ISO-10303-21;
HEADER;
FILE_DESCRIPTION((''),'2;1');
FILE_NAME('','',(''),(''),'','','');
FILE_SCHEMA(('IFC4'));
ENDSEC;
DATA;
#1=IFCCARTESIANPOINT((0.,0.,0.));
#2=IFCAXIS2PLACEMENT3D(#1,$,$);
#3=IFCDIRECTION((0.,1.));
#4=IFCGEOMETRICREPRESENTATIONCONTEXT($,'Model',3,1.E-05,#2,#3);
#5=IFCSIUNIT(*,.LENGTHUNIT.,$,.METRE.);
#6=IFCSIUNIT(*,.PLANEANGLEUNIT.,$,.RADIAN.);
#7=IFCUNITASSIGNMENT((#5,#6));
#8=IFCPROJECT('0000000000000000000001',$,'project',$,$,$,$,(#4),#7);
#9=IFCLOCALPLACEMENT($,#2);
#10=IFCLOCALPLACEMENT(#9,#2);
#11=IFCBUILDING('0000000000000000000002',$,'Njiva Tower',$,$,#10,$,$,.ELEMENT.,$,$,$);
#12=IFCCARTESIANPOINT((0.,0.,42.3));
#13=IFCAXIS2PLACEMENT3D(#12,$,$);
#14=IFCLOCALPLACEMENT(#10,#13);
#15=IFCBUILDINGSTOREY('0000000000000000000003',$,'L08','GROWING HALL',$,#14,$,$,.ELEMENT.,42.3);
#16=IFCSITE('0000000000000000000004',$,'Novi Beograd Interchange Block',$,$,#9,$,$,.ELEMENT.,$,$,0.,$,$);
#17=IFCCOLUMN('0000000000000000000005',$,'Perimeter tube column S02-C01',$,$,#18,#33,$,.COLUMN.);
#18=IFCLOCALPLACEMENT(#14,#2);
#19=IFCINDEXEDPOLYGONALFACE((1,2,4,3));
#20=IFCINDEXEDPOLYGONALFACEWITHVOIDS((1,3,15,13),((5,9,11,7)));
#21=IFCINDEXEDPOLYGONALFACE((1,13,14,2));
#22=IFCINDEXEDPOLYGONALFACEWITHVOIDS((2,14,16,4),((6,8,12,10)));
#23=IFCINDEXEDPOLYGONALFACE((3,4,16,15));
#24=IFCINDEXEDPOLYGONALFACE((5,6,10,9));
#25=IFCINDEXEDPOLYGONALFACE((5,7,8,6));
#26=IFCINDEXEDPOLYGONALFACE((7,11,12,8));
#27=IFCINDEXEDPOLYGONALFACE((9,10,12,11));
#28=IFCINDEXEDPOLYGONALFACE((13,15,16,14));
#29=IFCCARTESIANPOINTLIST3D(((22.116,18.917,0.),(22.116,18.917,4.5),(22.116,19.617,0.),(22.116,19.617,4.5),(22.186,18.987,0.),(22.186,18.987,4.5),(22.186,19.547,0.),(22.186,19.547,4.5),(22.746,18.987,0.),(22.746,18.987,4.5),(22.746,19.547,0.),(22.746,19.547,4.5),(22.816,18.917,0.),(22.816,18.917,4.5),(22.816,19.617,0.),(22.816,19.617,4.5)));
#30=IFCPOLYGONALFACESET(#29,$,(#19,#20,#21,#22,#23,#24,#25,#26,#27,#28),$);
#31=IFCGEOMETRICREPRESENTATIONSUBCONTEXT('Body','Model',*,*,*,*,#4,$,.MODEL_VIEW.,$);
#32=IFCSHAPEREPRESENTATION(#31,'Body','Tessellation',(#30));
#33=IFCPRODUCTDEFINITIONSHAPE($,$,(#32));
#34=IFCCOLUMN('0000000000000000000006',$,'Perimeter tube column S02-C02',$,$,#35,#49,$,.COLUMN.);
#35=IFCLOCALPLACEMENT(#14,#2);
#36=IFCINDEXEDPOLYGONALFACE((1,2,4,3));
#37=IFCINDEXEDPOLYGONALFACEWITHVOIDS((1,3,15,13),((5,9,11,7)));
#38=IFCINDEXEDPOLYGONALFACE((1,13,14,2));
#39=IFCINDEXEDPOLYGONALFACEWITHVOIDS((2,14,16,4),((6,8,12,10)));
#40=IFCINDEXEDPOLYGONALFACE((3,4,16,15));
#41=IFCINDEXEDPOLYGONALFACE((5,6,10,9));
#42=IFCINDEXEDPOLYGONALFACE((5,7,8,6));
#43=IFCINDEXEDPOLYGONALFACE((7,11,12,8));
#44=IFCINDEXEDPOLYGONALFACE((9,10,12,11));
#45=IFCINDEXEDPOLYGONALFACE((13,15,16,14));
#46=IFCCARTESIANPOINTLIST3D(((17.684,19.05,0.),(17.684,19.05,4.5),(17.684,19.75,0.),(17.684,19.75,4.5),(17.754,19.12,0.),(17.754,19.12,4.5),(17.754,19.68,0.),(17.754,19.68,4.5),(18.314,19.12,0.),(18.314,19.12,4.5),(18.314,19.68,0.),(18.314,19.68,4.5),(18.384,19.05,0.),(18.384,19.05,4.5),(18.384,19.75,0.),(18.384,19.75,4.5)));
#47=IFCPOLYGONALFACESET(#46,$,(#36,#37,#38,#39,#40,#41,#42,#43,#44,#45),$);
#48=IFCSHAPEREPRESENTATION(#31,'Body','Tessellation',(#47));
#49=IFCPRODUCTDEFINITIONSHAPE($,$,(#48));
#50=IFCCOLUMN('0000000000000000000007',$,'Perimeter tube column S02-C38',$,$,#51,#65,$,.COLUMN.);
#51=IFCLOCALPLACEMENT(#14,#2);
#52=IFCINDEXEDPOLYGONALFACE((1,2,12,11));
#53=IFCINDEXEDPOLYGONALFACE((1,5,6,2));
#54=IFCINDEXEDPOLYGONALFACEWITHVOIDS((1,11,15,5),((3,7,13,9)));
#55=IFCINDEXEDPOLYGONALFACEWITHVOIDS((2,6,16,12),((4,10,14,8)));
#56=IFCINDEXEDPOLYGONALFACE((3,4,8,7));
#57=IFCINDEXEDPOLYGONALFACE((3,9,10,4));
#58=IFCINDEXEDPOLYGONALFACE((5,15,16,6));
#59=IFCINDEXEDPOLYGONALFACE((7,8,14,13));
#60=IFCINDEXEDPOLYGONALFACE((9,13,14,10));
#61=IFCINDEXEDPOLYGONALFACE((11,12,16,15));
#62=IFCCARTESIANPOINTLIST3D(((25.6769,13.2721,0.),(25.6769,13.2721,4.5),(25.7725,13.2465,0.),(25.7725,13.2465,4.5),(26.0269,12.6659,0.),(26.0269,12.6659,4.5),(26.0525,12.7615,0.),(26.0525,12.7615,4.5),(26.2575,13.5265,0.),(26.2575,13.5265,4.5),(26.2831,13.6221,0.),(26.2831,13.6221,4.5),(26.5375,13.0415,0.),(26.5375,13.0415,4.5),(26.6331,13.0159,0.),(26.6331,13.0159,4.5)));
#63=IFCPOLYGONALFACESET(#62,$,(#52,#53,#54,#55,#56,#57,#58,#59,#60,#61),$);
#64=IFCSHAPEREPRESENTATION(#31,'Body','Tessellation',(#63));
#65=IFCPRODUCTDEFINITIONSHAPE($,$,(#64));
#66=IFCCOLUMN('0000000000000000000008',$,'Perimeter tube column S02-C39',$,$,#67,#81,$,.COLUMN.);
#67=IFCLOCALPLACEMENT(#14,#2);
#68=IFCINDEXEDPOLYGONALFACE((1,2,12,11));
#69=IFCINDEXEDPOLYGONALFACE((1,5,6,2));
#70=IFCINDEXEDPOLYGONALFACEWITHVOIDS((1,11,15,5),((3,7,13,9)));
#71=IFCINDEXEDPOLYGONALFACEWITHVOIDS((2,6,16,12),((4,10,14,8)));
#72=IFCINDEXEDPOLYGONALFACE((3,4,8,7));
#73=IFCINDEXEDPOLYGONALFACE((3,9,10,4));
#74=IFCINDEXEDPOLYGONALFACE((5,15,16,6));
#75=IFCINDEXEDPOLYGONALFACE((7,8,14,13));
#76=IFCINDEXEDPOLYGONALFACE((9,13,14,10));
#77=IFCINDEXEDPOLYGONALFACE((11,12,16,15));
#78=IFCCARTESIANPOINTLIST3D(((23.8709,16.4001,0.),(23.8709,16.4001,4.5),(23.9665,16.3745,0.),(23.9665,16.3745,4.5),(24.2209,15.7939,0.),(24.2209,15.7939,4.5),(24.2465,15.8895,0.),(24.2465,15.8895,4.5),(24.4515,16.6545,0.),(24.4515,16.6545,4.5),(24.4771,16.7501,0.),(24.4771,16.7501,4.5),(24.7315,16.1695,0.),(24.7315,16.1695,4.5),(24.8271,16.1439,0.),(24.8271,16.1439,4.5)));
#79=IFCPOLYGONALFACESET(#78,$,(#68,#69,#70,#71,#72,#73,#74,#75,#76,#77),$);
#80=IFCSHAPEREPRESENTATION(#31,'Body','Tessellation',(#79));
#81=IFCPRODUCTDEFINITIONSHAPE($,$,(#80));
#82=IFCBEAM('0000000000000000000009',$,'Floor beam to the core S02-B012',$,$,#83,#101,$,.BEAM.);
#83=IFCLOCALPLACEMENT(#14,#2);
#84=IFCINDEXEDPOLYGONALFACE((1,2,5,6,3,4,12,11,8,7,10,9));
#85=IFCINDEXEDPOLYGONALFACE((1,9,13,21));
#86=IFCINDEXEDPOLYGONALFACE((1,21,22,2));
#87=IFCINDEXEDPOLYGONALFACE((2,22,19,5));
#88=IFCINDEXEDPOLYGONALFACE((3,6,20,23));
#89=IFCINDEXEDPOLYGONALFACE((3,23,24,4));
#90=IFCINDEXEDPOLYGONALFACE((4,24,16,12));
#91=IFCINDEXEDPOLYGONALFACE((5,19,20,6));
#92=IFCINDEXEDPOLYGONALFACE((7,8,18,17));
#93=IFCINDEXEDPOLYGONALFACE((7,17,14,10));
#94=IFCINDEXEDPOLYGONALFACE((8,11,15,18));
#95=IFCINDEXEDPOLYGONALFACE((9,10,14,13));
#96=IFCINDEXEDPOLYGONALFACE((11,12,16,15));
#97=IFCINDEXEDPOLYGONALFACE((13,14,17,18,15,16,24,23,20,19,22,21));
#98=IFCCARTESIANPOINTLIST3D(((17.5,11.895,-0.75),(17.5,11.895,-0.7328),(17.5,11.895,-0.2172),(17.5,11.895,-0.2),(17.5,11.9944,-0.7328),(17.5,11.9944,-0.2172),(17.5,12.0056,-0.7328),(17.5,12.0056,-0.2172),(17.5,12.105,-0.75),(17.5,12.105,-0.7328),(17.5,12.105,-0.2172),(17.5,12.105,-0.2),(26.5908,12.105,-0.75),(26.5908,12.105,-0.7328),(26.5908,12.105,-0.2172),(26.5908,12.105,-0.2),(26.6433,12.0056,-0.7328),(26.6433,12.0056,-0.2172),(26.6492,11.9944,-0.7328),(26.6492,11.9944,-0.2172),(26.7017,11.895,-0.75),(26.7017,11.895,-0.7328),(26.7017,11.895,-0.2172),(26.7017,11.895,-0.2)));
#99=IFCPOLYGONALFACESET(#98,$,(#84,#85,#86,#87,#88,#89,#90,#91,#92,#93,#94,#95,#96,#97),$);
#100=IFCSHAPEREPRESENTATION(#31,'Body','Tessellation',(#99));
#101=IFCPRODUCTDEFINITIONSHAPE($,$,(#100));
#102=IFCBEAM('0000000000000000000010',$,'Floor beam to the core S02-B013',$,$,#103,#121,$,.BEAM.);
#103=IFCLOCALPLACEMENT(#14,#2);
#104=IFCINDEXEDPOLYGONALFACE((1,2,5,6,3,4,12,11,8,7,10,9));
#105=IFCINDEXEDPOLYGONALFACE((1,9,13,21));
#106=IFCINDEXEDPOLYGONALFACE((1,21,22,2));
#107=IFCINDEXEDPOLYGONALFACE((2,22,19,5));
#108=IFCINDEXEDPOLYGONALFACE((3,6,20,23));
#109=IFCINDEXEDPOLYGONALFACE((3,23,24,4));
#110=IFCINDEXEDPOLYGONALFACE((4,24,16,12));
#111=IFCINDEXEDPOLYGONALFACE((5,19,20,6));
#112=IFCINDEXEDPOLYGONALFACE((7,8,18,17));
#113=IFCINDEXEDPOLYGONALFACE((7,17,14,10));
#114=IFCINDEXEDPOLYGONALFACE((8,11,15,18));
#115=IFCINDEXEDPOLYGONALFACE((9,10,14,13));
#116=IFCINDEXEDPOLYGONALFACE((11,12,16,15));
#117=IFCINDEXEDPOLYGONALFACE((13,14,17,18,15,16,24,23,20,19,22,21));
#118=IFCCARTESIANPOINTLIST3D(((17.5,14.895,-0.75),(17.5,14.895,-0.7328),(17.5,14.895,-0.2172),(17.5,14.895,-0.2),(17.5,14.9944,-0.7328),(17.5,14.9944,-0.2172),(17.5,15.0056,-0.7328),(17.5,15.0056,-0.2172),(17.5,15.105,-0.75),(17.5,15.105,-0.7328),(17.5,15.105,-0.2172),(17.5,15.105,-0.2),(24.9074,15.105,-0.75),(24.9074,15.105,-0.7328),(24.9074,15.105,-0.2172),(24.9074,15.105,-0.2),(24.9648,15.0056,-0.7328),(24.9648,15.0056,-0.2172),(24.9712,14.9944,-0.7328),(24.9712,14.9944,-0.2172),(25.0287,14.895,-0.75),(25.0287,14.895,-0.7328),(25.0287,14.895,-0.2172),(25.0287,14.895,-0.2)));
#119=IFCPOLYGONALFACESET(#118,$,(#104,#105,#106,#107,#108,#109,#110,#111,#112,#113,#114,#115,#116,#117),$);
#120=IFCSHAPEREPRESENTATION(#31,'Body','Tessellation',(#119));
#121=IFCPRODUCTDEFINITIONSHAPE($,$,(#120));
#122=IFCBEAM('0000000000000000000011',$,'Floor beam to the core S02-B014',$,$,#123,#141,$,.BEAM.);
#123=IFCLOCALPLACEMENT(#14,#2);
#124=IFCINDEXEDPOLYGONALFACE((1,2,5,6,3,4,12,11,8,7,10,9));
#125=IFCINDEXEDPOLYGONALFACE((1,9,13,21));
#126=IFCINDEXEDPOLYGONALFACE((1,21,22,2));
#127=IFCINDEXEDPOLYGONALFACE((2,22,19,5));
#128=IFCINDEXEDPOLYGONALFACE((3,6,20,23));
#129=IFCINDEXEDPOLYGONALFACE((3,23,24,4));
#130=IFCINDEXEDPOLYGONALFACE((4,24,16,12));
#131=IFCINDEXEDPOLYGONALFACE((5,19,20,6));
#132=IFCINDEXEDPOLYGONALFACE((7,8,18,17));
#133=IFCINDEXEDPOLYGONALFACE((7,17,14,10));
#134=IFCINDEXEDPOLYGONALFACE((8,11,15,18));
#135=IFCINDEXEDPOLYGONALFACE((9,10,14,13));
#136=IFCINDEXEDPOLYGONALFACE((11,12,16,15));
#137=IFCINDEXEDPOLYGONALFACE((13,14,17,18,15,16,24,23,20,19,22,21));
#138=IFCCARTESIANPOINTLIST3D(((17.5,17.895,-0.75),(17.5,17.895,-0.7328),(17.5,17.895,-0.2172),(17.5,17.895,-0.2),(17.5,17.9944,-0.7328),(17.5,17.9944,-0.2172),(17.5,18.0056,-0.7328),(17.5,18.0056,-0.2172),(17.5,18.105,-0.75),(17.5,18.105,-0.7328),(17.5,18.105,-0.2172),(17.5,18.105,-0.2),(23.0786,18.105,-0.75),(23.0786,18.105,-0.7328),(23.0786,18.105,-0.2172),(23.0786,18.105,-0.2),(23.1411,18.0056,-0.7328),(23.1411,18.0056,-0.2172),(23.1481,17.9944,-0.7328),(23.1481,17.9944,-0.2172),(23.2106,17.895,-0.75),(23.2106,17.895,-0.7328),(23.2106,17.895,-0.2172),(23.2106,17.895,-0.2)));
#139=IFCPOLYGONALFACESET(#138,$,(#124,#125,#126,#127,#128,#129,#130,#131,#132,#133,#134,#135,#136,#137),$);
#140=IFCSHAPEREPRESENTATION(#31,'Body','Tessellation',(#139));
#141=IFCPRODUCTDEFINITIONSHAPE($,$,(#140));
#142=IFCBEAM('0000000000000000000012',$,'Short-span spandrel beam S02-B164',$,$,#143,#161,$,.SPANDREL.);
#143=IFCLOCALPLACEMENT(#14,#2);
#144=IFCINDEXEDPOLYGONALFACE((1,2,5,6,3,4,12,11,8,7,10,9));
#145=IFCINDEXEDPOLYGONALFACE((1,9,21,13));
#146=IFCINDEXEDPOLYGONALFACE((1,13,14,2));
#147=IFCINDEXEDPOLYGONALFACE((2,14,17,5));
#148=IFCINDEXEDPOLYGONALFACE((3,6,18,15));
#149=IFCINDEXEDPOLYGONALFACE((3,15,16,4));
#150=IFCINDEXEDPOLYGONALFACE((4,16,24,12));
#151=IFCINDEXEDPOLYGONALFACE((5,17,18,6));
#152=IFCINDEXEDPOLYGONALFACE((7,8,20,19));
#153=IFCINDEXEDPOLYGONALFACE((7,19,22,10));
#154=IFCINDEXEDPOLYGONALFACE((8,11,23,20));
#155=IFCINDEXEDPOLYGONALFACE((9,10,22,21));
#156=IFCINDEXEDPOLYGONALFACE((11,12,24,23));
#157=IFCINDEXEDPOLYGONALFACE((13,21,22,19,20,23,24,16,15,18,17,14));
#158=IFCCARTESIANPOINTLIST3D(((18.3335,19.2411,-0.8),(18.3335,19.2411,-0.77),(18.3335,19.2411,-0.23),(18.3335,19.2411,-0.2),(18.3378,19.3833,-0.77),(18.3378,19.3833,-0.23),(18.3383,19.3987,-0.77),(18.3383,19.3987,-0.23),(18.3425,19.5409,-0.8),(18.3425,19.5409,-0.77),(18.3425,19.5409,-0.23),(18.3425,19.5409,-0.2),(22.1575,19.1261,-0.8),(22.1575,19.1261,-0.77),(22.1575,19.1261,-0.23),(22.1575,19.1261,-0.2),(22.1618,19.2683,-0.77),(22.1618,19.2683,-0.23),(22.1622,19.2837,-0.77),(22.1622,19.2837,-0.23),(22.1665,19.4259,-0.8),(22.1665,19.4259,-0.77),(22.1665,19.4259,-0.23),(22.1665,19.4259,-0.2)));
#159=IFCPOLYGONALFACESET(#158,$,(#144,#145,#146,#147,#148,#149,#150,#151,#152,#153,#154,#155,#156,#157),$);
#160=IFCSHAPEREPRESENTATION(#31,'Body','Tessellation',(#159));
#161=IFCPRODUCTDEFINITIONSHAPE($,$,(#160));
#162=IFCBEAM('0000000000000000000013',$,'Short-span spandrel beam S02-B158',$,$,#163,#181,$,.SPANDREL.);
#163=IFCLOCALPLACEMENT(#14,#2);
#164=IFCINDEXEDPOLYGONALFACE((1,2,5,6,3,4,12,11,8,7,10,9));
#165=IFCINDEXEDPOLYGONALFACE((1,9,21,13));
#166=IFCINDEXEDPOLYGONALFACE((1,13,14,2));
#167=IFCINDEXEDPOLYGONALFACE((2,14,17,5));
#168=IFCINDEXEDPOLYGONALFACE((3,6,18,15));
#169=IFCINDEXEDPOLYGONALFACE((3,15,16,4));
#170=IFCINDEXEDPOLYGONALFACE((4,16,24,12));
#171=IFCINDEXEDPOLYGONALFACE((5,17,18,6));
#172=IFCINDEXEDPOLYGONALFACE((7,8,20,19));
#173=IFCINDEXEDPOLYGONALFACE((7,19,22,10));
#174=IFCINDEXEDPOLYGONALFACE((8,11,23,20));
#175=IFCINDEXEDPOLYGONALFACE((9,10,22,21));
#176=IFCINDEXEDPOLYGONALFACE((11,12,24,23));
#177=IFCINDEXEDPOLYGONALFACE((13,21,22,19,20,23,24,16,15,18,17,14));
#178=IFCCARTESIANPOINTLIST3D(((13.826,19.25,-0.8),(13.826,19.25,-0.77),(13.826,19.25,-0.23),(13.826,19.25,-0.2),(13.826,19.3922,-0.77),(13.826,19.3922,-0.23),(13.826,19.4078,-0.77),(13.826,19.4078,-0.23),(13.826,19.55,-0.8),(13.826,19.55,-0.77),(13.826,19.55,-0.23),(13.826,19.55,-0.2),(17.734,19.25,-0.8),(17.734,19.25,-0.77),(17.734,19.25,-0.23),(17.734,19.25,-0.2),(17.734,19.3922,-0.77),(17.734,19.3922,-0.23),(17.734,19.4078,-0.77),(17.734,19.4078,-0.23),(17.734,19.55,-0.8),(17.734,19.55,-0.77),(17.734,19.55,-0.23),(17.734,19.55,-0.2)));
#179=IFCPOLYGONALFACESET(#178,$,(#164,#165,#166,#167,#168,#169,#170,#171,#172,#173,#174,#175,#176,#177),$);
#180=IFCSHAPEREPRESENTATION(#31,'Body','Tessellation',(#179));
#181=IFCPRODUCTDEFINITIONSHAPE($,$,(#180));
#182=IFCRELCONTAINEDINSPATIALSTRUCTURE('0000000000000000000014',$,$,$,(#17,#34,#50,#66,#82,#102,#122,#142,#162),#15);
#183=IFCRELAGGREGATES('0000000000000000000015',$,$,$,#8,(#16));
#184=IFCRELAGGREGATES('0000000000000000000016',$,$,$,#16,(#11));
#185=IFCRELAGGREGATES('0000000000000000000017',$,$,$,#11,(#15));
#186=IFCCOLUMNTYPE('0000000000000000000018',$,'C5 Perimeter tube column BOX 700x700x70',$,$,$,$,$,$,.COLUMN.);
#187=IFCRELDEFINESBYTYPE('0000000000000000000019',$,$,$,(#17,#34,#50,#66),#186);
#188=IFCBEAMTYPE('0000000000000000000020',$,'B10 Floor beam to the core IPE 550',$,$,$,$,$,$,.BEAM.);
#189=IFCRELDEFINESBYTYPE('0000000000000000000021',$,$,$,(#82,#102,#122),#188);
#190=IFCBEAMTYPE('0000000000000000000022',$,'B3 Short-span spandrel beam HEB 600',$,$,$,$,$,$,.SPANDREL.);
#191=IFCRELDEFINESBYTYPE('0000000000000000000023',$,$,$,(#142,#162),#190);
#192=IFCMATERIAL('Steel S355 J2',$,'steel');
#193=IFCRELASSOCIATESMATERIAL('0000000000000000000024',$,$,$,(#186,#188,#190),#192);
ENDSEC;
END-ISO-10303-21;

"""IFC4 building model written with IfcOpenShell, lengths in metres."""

from ifc_helpers import new_model, si_unit, direction, frame, origin, origin_2d, place, context, subcontext, project, spatial, hollow_rectangle, i_section, extrude, clip, halfspace, material, material_profile, profile_set, type_object, element, save


model = new_model("IFC4")

# Units and contexts
model_context = context("Model", 3, precision=1e-05, world=origin(), true_north=direction((0.0, 1.0)))
body_context = subcontext(model_context, "Body", "Model", "MODEL_VIEW")
ifc_project = project(units=[si_unit("LENGTHUNIT", "METRE"), si_unit("PLANEANGLEUNIT", "RADIAN")], contexts=[model_context])

# Site, building, storey
site_placement = place(None, origin())
site = spatial("IfcSite", under=ifc_project, at=site_placement, Name="Novi Beograd Interchange Block", CompositionType="ELEMENT", RefElevation=0.0)
building_placement = place(site_placement, origin())
building = spatial("IfcBuilding", under=site, at=building_placement, Name="Njiva Tower", CompositionType="ELEMENT")
storey_placement = place(building_placement, frame((0.0, 0.0, 42.3)))
storey = spatial("IfcBuildingStorey", under=building, at=storey_placement, Name="L08", Description="GROWING HALL", CompositionType="ELEMENT", Elevation=42.3)

# Columns
ifc_material_1 = material(Name="Steel S355 J2", Category="steel")
ifc_material_profile_1 = material_profile(ifc_material_1, hollow_rectangle(XDim=0.7, YDim=0.7, WallThickness=0.07, at=origin_2d()), Name="BOX 700x700x70")
ifc_profile_set_1 = profile_set([ifc_material_profile_1], Name="Steel S355 J2")
column_type = type_object("IfcColumnType", Name="C5 Perimeter tube column BOX 700x700x70", PredefinedType="COLUMN", material=ifc_profile_set_1)
for number, where, z_axis, x_axis, name in (
    (1, (22.466, 19.267, 0.0), (0.0, 0.0, 1.0), (-1.0, 0.0, 0.0), "Perimeter tube column S02-C01"),
    (2, (18.034, 19.4, 0.0), (0.0, 0.0, 1.0), (-1.0, 0.0, 0.0), "Perimeter tube column S02-C02"),
    (3, (26.155, 13.144, 0.0), (0.0, 0.0, 1.0), (-0.5, 0.866025, 0.0), "Perimeter tube column S02-C38"),
    (4, (24.349, 16.272, 0.0), (0.0, 0.0, 1.0), (-0.5, 0.866025, 0.0), "Perimeter tube column S02-C39"),
):
    element("IfcColumn", number, at=place(storey_placement, frame(where, z_axis=z_axis, x_axis=x_axis)), inside=storey, type_object=column_type, Name=name, PredefinedType="COLUMN", context=body_context, shape_type="SweptSolid", body=[
        extrude(hollow_rectangle(XDim=0.7, YDim=0.7, WallThickness=0.07, at=origin_2d()), origin(), (0.0, 0.0, 1.0), 4.5),
    ])

# Beams
ifc_material_profile_2 = material_profile(ifc_material_1, i_section(OverallWidth=0.21, OverallDepth=0.55, WebThickness=0.0111, FlangeThickness=0.0172, at=origin_2d()), Name="IPE 550")
ifc_profile_set_2 = profile_set([ifc_material_profile_2], Name="Steel S355 J2")
beam_type_1 = type_object("IfcBeamType", Name="B10 Floor beam to the core IPE 550", PredefinedType="BEAM", material=ifc_profile_set_2)
beam_1_placement = place(storey_placement, frame((17.5, 12.0, -0.475), z_axis=(1.0, 0.0, 0.0), x_axis=(0.0, 1.0, 0.0)))
element("IfcBeam", 5, at=beam_1_placement, inside=storey, type_object=beam_type_1, Name="Floor beam to the core S02-B012", PredefinedType="BEAM", context=body_context, shape_type="Clipping", body=[
    clip(extrude(i_section(OverallWidth=0.21, OverallDepth=0.55, WebThickness=0.0111, FlangeThickness=0.0172, at=origin_2d()), origin(), (0.0, 0.0, 1.0), 9.221), halfspace(frame((0.0234, 0.0, 9.1339), z_axis=(0.467062, 0.0, 0.884224), x_axis=(0.0, 1.0, 0.0)), False)),
])
beam_2_placement = place(storey_placement, frame((17.5, 15.0, -0.475), z_axis=(1.0, 0.0, 0.0), x_axis=(0.0, 1.0, 0.0)))
element("IfcBeam", 6, at=beam_2_placement, inside=storey, type_object=beam_type_1, Name="Floor beam to the core S02-B013", PredefinedType="BEAM", context=body_context, shape_type="Clipping", body=[
    clip(extrude(i_section(OverallWidth=0.21, OverallDepth=0.55, WebThickness=0.0111, FlangeThickness=0.0172, at=origin_2d()), origin(), (0.0, 0.0, 1.0), 7.549), halfspace(frame((0.025, 0.0, 7.4536), z_axis=(0.499998, 0.0, 0.866027), x_axis=(0.0, 1.0, 0.0)), False)),
])
beam_3_placement = place(storey_placement, frame((17.5, 18.0, -0.475), z_axis=(1.0, 0.0, 0.0), x_axis=(0.0, 1.0, 0.0)))
element("IfcBeam", 7, at=beam_3_placement, inside=storey, type_object=beam_type_1, Name="Floor beam to the core S02-B014", PredefinedType="BEAM", context=body_context, shape_type="Clipping", body=[
    clip(extrude(i_section(OverallWidth=0.21, OverallDepth=0.55, WebThickness=0.0111, FlangeThickness=0.0172, at=origin_2d()), origin(), (0.0, 0.0, 1.0), 5.731), halfspace(frame((0.0266, 0.0, 5.6279), z_axis=(0.53223, 0.0, 0.8466), x_axis=(0.0, 1.0, 0.0)), False)),
])
ifc_material_profile_3 = material_profile(ifc_material_1, i_section(OverallWidth=0.3, OverallDepth=0.6, WebThickness=0.0155, FlangeThickness=0.03, at=origin_2d()), Name="HEB 600")
ifc_profile_set_3 = profile_set([ifc_material_profile_3], Name="Steel S355 J2")
beam_type_2 = type_object("IfcBeamType", Name="B3 Short-span spandrel beam HEB 600", PredefinedType="SPANDREL", material=ifc_profile_set_3)
beam_4_placement = place(storey_placement, frame((22.162, 19.276, -0.5), z_axis=(-0.999548, 0.03006, 0.0), x_axis=(-0.03006, -0.999548, 0.0)))
element("IfcBeam", 8, at=beam_4_placement, inside=storey, type_object=beam_type_2, Name="Short-span spandrel beam S02-B164", PredefinedType="SPANDREL", context=body_context, shape_type="SweptSolid", body=[
    extrude(i_section(OverallWidth=0.3, OverallDepth=0.6, WebThickness=0.0155, FlangeThickness=0.03, at=origin_2d()), origin(), (0.0, 0.0, 1.0), 3.8257),
])
beam_5_placement = place(storey_placement, frame((17.734, 19.4, -0.5), z_axis=(-1.0, 0.0, 0.0), x_axis=(0.0, -1.0, 0.0)))
element("IfcBeam", 9, at=beam_5_placement, inside=storey, type_object=beam_type_2, Name="Short-span spandrel beam S02-B158", PredefinedType="SPANDREL", context=body_context, shape_type="SweptSolid", body=[
    extrude(i_section(OverallWidth=0.3, OverallDepth=0.6, WebThickness=0.0155, FlangeThickness=0.03, at=origin_2d()), origin(), (0.0, 0.0, 1.0), 3.908),
])

save(model, "model.ifc")
